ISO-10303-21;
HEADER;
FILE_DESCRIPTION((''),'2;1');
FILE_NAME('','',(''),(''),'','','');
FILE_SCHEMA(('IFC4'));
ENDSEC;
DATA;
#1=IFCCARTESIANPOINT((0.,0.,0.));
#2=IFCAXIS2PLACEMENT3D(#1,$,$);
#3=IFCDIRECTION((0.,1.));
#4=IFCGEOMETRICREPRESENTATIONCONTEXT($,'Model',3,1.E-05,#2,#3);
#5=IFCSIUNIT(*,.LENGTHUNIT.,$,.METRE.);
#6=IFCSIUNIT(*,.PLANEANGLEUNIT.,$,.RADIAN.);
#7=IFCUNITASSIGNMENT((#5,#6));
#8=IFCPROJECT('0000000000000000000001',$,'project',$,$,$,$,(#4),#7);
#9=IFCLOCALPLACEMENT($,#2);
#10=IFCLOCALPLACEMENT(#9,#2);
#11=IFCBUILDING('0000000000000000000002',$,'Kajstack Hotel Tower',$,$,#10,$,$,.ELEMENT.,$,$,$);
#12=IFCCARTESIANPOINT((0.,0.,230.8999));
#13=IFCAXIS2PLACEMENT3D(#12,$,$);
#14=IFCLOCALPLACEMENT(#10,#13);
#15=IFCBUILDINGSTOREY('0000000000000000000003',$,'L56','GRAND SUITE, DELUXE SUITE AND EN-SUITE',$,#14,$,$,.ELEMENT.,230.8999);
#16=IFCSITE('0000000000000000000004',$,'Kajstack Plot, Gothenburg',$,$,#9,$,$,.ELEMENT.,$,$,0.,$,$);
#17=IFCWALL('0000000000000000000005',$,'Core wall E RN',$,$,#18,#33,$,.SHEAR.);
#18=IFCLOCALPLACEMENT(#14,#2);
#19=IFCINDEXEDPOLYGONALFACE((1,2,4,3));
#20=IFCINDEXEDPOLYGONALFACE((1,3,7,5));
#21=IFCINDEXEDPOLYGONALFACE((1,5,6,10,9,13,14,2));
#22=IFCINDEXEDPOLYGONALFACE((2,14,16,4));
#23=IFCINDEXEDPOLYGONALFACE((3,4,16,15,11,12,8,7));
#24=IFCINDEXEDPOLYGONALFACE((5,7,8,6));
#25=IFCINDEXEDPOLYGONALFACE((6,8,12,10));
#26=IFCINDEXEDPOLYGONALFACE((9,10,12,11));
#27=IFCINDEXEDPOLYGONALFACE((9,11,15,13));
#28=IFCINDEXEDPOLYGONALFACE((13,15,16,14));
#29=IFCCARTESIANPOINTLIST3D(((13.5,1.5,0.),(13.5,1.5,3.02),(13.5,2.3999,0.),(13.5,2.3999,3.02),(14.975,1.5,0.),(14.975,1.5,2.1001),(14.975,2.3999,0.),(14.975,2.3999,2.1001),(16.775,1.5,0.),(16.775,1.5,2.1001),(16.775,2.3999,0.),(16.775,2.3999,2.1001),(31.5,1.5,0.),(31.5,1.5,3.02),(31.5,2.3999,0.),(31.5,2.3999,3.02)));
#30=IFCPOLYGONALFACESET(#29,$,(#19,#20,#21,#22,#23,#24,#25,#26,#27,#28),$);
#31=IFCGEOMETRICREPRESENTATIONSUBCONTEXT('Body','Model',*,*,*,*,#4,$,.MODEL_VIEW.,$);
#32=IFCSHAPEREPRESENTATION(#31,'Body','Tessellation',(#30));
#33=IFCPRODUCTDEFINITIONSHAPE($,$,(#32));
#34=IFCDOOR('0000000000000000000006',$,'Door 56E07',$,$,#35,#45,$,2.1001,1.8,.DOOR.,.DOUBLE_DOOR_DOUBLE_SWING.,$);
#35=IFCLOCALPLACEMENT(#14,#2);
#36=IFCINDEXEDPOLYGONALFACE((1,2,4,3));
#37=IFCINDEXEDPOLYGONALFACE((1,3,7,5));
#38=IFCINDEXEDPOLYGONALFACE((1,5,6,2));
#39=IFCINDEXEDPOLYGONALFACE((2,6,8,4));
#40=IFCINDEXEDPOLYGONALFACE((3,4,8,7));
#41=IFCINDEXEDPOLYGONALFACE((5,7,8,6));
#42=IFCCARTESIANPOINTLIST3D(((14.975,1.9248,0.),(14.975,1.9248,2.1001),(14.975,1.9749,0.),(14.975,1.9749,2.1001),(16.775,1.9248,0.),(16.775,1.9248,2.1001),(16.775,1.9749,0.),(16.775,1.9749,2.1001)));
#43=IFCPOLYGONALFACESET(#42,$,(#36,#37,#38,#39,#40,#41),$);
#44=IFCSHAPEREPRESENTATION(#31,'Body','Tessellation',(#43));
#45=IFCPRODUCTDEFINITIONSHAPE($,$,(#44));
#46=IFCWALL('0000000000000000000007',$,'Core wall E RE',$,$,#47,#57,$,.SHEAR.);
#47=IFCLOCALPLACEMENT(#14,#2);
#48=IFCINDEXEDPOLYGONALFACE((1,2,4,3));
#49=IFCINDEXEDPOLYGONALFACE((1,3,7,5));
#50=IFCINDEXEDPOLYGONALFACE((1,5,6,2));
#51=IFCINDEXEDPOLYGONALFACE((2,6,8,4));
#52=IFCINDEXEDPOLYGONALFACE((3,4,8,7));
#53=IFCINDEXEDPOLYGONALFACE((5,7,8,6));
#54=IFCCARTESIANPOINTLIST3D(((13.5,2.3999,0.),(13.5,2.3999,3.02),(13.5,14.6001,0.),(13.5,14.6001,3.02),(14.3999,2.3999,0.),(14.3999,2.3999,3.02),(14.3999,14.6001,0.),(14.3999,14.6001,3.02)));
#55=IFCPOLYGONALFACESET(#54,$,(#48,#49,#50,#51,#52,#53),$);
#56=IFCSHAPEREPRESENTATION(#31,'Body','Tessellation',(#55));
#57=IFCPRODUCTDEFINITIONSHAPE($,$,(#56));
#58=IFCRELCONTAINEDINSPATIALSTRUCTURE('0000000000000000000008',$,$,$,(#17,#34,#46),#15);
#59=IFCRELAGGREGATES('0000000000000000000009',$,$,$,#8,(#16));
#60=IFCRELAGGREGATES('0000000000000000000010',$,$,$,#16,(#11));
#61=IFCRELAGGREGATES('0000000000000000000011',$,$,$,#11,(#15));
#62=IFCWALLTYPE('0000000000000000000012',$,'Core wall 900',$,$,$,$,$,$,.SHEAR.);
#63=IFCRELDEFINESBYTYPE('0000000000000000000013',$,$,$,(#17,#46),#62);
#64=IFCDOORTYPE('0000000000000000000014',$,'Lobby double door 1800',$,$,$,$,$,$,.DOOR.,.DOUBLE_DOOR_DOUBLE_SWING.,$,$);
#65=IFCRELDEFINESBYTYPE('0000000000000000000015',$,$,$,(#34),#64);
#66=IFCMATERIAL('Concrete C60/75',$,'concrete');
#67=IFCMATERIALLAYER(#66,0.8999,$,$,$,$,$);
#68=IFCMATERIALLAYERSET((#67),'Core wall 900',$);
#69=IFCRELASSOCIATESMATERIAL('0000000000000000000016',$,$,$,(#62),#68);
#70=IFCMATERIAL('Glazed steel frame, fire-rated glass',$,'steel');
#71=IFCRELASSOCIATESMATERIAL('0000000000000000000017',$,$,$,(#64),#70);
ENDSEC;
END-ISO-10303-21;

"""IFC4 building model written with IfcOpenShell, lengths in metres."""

from ifc_helpers import new_model, si_unit, direction, frame, frame_2d, origin, place, context, subcontext, project, spatial, rectangle, extrude, material, layer, layer_set, type_object, element, fill, save


model = new_model("IFC4")

# Units and contexts
model_context = context("Model", 3, precision=1e-05, world=origin(), true_north=direction((0.0, 1.0)))
body_context = subcontext(model_context, "Body", "Model", "MODEL_VIEW")
ifc_project = project(units=[si_unit("LENGTHUNIT", "METRE"), si_unit("PLANEANGLEUNIT", "RADIAN")], contexts=[model_context])

# Site, building, storey
site_placement = place(None, origin())
site = spatial("IfcSite", under=ifc_project, at=site_placement, Name="Kajstack Plot, Gothenburg", CompositionType="ELEMENT", RefElevation=0.0)
building_placement = place(site_placement, origin())
building = spatial("IfcBuilding", under=site, at=building_placement, Name="Kajstack Hotel Tower", CompositionType="ELEMENT")
storey_placement = place(building_placement, frame((0.0, 0.0, 230.8999)))
storey = spatial("IfcBuildingStorey", under=building, at=storey_placement, Name="L56", Description="GRAND SUITE, DELUXE SUITE AND EN-SUITE", CompositionType="ELEMENT", Elevation=230.8999)

# Wall, opening, door
ifc_material_1 = material(Name="Concrete C60/75", Category="concrete")
ifc_layer_1 = layer(ifc_material_1, 0.8999)
ifc_layer_set_1 = layer_set([ifc_layer_1], Name="Core wall 900")
wall_type_1 = type_object("IfcWallType", Name="Core wall 900", PredefinedType="SHEAR", material=ifc_layer_set_1)
wall_1_placement = place(storey_placement, frame((13.5, 1.95, 0.0), z_axis=(0.0, 0.0, 1.0), x_axis=(1.0, 0.0, 0.0)))
wall_1 = element("IfcWall", 1, at=wall_1_placement, inside=storey, type_object=wall_type_1, Name="Core wall E RN", PredefinedType="SHEAR", context=body_context, shape_type="SweptSolid", body=[
    extrude(rectangle(XDim=18.0, YDim=0.8999, at=frame_2d((9.0, 0.0))), origin(), (0.0, 0.0, 1.0), 3.02),
])
opening_1_placement = place(wall_1_placement, frame((1.4751, 0.0, 0.0)))
opening_1 = element("IfcOpeningElement", 2, at=opening_1_placement, cuts=wall_1, PredefinedType="OPENING", context=body_context, shape_type="SweptSolid", body=[
    extrude(rectangle(XDim=1.8, YDim=2.1001, at=frame_2d((0.8999, 1.05))), frame((0.0, 0.46, 0.0), z_axis=(0.0, -1.0, 0.0), x_axis=(1.0, 0.0, 0.0)), (0.0, 0.0, 1.0), 0.9199),
])
ifc_material_2 = material(Name="Glazed steel frame, fire-rated glass", Category="steel")
door_type_1 = type_object("IfcDoorType", Name="Lobby double door 1800", OperationType="DOUBLE_DOOR_DOUBLE_SWING", PredefinedType="DOOR", material=ifc_material_2)
door_1_placement = place(opening_1_placement, origin())
door_1 = element("IfcDoor", 3, at=door_1_placement, inside=storey, type_object=door_type_1, Name="Door 56E07", OperationType="DOUBLE_DOOR_DOUBLE_SWING", OverallHeight=2.1001, OverallWidth=1.8, PredefinedType="DOOR", context=body_context, shape_type="SweptSolid", body=[
    extrude(rectangle(XDim=1.8, YDim=2.1001, at=frame_2d((0.8999, 1.05))), frame((0.0, 0.0249, 0.0), z_axis=(0.0, -1.0, 0.0), x_axis=(1.0, 0.0, 0.0)), (0.0, 0.0, 1.0), 0.05),
])
fill(opening_1, door_1)

# Wall
wall_2_placement = place(storey_placement, frame((13.95, 2.3999, 0.0), z_axis=(0.0, 0.0, 1.0), x_axis=(0.0, 1.0, 0.0)))
element("IfcWall", 4, at=wall_2_placement, inside=storey, type_object=wall_type_1, Name="Core wall E RE", PredefinedType="SHEAR", context=body_context, shape_type="SweptSolid", body=[
    extrude(rectangle(XDim=12.2002, YDim=0.8999, at=frame_2d((6.1001, 0.0))), origin(), (0.0, 0.0, 1.0), 3.02),
])

save(model, "model.ifc")
